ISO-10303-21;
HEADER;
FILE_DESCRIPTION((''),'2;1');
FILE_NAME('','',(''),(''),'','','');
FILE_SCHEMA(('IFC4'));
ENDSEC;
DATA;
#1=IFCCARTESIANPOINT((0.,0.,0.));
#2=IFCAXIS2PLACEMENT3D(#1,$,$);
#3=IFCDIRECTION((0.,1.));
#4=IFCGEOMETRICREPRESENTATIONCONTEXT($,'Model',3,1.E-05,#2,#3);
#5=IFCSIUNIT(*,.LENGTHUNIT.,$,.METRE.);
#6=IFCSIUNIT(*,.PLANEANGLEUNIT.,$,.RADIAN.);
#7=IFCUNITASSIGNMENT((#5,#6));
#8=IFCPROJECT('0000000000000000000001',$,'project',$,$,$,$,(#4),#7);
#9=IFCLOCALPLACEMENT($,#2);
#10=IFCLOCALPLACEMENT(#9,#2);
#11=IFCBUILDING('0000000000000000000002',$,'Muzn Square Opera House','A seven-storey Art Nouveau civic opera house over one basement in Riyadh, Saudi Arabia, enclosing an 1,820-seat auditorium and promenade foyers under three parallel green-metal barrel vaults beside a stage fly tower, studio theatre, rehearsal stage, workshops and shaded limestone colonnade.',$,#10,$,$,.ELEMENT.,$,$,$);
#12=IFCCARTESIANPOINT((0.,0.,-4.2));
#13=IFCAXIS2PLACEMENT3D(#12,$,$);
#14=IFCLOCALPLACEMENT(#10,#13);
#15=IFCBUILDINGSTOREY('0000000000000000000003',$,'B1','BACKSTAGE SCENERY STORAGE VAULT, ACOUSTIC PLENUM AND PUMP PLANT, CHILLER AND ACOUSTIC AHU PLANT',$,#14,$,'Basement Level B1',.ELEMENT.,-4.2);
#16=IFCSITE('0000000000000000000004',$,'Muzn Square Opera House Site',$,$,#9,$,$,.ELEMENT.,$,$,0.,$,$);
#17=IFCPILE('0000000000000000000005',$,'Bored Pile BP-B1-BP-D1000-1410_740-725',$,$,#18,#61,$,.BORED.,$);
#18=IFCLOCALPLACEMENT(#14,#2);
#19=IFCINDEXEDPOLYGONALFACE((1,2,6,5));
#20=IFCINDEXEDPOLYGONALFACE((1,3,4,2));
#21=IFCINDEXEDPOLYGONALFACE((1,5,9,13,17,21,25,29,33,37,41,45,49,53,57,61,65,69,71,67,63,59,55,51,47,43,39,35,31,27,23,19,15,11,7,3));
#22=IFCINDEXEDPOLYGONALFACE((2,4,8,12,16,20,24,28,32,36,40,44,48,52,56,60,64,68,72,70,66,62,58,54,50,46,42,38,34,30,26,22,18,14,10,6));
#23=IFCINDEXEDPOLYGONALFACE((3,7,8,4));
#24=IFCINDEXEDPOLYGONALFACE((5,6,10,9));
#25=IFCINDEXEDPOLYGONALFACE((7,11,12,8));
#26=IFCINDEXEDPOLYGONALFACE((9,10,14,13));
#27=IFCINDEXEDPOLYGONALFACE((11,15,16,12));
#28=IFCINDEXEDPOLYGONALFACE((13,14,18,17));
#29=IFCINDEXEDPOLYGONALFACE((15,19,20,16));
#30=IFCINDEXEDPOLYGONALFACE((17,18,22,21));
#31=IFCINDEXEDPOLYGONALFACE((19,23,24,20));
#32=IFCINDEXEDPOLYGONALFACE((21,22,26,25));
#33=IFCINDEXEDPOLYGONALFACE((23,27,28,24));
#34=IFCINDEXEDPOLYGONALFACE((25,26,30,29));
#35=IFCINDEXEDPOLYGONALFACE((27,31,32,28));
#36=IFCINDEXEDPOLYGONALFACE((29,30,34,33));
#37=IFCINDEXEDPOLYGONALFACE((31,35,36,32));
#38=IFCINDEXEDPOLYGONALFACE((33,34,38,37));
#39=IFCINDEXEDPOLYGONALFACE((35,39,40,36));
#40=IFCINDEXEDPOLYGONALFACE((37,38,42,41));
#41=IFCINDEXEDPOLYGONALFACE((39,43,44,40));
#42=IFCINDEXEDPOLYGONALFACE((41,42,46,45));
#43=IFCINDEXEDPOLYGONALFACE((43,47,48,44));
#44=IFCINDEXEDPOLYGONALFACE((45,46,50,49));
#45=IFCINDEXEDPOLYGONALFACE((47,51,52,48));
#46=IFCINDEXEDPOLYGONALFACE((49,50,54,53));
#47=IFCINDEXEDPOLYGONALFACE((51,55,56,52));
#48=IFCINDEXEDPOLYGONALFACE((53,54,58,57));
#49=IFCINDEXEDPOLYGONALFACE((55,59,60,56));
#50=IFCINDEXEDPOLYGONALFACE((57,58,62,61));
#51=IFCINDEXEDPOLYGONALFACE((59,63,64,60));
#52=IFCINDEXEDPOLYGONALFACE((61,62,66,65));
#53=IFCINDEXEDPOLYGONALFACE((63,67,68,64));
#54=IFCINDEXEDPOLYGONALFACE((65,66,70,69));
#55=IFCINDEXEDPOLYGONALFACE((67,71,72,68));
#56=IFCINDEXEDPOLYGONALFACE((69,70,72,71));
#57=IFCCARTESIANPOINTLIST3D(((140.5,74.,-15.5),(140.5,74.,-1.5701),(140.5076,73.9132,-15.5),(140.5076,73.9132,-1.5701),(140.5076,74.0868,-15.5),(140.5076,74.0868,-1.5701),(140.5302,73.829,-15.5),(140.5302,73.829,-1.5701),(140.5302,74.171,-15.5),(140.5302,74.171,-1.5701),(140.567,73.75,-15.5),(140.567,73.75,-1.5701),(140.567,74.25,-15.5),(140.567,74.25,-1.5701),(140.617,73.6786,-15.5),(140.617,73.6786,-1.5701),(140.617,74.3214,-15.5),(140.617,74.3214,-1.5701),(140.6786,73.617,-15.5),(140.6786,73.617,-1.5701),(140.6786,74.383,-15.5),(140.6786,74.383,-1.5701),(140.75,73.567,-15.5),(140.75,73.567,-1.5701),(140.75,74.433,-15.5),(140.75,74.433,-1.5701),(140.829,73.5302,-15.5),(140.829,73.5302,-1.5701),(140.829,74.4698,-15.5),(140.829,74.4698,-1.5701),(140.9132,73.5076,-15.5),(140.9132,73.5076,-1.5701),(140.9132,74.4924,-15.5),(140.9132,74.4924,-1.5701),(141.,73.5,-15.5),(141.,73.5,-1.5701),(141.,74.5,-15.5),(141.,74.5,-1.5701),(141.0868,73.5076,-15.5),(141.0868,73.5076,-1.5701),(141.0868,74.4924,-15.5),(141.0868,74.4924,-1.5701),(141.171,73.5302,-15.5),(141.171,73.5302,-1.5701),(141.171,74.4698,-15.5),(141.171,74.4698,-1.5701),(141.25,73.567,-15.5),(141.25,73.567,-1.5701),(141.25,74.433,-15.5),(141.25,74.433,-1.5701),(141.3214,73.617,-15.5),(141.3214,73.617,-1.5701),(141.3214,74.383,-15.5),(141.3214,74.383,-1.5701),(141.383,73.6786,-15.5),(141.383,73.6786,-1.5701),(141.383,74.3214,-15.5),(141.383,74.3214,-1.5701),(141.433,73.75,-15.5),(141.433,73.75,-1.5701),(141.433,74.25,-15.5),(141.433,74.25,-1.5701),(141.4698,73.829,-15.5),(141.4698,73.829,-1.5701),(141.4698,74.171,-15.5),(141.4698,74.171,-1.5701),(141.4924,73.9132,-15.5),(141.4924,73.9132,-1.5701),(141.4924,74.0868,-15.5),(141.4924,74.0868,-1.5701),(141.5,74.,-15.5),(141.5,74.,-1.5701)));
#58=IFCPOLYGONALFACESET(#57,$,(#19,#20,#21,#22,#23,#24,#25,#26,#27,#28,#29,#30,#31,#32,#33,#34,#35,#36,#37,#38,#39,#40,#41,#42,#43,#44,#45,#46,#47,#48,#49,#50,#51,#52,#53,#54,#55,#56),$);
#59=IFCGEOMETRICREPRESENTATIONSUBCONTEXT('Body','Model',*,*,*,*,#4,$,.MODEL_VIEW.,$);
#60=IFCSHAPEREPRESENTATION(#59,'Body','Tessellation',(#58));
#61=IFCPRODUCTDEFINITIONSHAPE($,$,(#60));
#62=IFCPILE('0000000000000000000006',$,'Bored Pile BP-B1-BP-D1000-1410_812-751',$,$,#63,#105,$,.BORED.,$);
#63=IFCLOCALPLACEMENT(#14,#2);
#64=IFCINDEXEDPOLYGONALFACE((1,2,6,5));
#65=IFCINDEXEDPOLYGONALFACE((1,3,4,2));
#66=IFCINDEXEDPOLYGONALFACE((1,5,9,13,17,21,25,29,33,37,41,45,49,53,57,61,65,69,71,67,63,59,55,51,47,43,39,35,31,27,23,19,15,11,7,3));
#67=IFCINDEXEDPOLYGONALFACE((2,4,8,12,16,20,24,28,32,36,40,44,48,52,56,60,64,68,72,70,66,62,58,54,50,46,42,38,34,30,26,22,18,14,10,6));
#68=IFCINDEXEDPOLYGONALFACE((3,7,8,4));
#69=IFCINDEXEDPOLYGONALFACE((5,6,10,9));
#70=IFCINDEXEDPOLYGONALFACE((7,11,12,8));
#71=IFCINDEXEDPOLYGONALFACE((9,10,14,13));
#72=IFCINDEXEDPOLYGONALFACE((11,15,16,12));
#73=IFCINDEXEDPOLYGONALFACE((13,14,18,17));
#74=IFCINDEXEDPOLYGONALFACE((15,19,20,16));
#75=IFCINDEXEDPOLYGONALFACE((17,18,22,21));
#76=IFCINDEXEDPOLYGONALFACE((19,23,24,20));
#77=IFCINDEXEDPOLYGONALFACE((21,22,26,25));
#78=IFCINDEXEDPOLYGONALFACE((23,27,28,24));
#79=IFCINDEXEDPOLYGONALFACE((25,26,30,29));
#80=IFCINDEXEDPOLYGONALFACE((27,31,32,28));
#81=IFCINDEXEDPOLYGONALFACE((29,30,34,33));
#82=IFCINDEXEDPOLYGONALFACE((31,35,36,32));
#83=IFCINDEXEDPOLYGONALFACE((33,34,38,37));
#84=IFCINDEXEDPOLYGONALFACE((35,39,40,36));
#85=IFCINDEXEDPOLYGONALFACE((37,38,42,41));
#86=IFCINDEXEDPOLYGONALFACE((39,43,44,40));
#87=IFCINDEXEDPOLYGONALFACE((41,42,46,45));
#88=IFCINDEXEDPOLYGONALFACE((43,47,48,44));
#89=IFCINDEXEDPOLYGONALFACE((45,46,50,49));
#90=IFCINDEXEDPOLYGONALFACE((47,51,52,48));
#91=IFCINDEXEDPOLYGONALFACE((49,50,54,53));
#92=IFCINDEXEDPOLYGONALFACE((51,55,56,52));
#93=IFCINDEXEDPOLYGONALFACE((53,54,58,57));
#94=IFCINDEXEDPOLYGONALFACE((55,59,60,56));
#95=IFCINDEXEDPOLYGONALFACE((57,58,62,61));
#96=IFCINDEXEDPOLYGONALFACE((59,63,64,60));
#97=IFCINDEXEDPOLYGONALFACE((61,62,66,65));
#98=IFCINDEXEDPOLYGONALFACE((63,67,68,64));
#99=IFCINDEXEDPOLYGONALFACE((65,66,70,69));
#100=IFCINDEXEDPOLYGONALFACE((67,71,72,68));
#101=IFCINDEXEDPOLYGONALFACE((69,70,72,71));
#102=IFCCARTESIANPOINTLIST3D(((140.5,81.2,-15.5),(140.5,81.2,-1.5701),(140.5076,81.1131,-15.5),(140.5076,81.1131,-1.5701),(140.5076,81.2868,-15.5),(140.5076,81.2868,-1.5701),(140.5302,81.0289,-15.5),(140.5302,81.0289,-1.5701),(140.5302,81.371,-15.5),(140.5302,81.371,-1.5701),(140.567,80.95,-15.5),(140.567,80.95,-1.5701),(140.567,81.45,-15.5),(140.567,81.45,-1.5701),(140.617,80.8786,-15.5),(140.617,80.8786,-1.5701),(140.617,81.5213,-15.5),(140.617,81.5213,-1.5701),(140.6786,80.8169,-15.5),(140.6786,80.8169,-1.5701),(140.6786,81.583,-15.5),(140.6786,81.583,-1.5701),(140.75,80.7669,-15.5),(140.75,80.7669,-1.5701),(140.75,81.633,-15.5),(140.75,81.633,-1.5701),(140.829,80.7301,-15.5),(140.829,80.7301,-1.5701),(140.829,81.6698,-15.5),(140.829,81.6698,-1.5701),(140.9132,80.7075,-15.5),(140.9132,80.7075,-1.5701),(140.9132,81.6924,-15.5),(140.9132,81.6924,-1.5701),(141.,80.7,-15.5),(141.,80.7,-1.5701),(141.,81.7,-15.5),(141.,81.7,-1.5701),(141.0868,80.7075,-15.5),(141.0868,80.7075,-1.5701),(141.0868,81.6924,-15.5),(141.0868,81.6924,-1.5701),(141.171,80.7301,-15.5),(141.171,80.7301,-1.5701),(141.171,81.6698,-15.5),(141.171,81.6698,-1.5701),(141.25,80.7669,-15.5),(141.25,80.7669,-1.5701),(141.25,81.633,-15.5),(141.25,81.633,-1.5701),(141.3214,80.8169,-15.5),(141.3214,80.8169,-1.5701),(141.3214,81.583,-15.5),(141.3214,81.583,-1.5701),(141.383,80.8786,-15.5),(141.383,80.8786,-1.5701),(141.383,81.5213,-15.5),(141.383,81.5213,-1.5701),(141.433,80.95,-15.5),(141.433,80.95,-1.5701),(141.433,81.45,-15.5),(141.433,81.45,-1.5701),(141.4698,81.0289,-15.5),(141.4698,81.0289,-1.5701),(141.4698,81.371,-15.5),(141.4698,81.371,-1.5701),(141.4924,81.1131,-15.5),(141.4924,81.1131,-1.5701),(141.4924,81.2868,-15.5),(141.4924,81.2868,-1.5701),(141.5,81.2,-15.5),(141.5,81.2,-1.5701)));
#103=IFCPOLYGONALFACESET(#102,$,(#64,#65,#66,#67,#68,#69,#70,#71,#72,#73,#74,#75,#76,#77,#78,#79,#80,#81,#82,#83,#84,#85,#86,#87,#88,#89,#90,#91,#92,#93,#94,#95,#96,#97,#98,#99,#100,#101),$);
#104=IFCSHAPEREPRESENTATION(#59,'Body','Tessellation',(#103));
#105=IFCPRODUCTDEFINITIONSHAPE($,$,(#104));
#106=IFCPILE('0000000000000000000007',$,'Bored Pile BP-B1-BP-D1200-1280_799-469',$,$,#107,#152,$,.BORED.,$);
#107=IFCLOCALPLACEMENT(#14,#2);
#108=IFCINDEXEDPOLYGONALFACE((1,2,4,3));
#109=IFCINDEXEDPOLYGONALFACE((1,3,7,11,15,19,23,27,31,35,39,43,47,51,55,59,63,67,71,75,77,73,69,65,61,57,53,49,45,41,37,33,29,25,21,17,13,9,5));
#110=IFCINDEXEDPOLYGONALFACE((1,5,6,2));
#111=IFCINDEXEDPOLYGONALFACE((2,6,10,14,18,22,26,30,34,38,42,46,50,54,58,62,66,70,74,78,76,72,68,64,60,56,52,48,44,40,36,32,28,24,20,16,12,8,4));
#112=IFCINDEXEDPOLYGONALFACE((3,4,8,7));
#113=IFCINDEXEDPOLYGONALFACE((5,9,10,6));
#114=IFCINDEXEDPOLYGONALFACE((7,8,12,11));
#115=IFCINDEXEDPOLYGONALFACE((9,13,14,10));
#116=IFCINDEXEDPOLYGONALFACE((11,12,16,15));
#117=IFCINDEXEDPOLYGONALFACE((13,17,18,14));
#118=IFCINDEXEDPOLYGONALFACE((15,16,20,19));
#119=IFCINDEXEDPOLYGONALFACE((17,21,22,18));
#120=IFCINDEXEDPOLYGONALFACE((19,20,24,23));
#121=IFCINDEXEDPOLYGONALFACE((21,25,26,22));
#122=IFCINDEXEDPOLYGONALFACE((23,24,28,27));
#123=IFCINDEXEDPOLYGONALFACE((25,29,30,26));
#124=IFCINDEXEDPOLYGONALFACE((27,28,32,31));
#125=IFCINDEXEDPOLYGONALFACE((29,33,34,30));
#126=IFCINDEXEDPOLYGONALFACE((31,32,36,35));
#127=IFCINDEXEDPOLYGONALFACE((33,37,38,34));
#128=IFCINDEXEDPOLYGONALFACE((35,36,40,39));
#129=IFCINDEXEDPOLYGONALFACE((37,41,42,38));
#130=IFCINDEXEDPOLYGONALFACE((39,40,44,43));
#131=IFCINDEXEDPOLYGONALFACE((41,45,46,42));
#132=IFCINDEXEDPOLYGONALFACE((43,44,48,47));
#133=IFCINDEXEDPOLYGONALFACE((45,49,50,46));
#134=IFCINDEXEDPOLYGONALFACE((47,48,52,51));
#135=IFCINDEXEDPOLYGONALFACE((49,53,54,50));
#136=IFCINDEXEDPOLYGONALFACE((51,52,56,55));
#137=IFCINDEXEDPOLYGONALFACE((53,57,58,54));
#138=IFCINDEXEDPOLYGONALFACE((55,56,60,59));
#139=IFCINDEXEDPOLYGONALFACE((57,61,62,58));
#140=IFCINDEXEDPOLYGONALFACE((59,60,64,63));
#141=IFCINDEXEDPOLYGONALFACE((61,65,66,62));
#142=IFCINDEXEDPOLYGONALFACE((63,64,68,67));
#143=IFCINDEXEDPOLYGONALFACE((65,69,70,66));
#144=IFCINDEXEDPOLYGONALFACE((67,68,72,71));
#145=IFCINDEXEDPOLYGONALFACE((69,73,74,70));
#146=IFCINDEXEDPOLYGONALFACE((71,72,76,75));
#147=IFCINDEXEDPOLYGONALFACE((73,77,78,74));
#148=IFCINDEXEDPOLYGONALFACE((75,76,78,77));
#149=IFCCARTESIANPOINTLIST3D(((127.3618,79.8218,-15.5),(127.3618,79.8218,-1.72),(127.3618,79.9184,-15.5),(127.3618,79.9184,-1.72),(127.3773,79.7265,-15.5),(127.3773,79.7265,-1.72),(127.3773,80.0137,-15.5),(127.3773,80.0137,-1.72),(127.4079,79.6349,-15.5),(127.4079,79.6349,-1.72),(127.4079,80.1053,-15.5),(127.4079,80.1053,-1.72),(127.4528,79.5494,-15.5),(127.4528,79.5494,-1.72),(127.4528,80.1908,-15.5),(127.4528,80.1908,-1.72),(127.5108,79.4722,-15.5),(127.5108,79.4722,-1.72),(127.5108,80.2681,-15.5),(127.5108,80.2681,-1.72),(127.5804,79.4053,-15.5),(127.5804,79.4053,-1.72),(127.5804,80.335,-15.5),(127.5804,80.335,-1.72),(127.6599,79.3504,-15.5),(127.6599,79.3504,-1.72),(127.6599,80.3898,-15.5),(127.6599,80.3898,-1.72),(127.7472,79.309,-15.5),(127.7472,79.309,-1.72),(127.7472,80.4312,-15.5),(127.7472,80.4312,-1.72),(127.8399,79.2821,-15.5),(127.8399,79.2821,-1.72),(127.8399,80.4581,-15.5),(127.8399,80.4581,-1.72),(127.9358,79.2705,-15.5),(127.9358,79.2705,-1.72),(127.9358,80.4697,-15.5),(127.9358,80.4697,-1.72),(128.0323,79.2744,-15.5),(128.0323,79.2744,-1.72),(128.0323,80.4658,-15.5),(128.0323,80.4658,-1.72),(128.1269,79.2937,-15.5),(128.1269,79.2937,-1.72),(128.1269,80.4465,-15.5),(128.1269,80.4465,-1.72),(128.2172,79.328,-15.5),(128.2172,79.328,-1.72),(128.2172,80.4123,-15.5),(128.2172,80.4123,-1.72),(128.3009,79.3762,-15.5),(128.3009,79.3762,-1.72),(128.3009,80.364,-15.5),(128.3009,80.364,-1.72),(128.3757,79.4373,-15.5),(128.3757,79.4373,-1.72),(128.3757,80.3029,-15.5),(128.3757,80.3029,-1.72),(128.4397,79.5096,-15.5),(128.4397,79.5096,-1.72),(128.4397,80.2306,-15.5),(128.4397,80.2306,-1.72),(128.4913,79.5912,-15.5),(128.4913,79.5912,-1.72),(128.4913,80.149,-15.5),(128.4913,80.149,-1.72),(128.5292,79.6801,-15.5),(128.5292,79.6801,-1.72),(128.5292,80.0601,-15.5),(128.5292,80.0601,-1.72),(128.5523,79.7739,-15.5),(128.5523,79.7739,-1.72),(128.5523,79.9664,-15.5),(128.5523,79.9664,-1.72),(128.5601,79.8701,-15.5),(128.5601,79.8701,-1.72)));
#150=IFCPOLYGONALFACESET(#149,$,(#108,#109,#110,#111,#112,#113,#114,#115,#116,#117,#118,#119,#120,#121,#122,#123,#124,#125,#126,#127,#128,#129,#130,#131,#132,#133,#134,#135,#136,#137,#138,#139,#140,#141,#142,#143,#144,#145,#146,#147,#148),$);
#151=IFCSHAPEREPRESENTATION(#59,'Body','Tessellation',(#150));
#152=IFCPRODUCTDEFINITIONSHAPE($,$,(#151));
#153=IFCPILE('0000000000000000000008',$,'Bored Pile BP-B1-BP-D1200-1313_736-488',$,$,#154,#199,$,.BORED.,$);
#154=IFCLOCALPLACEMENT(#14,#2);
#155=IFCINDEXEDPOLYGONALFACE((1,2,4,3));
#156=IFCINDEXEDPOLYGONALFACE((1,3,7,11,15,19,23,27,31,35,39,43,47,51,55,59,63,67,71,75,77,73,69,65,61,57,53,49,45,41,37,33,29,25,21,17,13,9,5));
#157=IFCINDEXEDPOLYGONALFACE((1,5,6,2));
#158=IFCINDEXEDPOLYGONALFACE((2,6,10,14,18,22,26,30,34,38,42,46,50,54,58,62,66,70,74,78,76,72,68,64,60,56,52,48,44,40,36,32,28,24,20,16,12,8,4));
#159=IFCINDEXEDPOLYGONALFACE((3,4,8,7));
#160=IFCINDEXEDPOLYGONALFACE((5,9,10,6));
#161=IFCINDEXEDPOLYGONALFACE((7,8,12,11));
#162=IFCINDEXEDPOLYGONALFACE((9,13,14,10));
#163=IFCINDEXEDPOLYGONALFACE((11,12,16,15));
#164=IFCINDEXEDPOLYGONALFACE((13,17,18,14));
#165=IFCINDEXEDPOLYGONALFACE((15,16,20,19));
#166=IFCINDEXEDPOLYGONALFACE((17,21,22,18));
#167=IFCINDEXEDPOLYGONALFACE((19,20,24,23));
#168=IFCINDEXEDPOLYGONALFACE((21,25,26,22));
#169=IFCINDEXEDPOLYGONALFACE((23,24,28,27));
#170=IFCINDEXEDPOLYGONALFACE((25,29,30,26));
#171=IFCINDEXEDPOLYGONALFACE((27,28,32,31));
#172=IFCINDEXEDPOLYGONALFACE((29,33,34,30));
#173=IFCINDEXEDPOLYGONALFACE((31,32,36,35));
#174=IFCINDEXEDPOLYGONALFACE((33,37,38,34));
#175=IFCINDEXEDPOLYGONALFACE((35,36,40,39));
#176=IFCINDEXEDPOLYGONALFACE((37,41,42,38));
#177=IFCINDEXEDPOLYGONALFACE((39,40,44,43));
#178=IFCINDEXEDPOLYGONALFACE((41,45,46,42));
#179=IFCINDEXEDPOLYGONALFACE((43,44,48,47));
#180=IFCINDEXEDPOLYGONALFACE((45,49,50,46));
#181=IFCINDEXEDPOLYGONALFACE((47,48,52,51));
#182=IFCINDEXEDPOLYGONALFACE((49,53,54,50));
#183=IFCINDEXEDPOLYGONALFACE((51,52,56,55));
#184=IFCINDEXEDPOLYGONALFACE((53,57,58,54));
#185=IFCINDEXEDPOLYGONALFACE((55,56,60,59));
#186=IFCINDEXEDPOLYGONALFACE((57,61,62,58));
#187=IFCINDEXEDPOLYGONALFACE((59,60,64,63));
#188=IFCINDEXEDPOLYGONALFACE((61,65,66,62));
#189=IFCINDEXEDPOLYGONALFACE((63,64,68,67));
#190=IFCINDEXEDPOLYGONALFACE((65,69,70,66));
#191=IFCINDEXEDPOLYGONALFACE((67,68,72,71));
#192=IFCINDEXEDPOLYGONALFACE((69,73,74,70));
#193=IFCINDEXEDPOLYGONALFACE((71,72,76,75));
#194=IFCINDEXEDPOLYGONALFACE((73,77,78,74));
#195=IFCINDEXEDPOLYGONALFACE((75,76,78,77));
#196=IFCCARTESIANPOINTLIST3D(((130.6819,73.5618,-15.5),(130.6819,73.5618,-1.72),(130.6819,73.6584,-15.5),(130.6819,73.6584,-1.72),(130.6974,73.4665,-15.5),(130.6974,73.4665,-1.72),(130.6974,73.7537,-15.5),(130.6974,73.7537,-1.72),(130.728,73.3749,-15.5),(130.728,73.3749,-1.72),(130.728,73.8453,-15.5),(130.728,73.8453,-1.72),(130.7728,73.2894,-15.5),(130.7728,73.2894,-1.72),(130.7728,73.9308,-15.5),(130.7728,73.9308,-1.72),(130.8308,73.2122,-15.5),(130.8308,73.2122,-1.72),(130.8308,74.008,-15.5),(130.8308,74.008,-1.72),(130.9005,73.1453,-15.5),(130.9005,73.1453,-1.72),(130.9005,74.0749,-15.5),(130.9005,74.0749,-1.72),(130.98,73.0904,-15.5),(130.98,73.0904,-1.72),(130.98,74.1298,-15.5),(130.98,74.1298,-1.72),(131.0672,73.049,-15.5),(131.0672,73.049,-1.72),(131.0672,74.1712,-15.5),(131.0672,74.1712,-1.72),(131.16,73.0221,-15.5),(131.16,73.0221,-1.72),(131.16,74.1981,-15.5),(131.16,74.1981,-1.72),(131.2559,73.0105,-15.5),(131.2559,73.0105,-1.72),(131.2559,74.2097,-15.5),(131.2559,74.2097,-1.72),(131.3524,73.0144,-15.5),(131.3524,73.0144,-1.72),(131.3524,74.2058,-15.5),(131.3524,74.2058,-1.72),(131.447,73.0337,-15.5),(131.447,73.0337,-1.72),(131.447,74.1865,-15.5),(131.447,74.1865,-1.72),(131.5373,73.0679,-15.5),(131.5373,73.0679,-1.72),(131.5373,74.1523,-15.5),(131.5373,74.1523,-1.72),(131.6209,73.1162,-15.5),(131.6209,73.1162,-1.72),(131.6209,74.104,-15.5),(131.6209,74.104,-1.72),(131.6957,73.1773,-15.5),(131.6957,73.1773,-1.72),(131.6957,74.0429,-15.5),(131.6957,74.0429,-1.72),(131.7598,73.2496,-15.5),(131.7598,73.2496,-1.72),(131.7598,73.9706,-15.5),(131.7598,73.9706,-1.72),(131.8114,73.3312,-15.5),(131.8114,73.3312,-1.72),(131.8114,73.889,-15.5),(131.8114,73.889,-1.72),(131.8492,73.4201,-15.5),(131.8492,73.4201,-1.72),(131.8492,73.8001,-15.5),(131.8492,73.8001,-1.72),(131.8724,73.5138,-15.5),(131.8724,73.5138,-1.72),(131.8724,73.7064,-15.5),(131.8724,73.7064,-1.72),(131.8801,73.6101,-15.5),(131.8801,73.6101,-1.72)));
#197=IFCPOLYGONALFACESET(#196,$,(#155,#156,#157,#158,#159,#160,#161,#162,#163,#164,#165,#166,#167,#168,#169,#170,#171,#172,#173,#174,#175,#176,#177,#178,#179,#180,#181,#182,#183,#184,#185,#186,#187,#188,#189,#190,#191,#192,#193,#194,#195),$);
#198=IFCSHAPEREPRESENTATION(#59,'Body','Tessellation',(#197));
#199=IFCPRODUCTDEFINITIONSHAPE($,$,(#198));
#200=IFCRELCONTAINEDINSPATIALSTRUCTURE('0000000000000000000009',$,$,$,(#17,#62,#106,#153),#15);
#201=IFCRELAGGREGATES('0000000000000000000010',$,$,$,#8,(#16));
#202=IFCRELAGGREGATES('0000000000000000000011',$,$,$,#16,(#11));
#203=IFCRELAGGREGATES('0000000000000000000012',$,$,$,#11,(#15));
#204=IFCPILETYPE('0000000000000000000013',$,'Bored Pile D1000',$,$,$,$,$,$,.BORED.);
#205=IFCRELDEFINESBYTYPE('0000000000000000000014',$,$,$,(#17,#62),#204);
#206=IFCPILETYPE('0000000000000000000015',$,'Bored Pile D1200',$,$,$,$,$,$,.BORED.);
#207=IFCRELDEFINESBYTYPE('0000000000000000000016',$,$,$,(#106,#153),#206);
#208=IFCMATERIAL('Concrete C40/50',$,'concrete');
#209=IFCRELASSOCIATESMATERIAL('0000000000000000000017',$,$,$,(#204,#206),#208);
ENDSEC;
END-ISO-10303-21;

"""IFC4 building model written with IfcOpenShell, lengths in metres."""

from ifc_helpers import new_model, si_unit, direction, frame, origin, origin_2d, place, context, subcontext, project, spatial, circle, extrude, material, material_profile, profile_set, type_object, element, save


model = new_model("IFC4")

# Units and contexts
model_context = context("Model", 3, precision=1e-05, world=origin(), true_north=direction((0.0, 1.0)))
body_context = subcontext(model_context, "Body", "Model", "MODEL_VIEW")
ifc_project = project(units=[si_unit("LENGTHUNIT", "METRE"), si_unit("PLANEANGLEUNIT", "RADIAN")], contexts=[model_context])

# Site, building, storey
site_placement = place(None, origin())
site = spatial("IfcSite", under=ifc_project, at=site_placement, Name="Muzn Square Opera House Site", CompositionType="ELEMENT", RefElevation=0.0)
building_placement = place(site_placement, origin())
building = spatial("IfcBuilding", under=site, at=building_placement, Name="Muzn Square Opera House", Description="A seven-storey Art Nouveau civic opera house over one basement in Riyadh, Saudi Arabia, enclosing an 1,820-seat auditorium and promenade foyers under three parallel green-metal barrel vaults beside a stage fly tower, studio theatre, rehearsal stage, workshops and shaded limestone colonnade.", CompositionType="ELEMENT")
storey_placement = place(building_placement, frame((0.0, 0.0, -4.2)))
storey = spatial("IfcBuildingStorey", under=building, at=storey_placement, Name="B1", Description="BACKSTAGE SCENERY STORAGE VAULT, ACOUSTIC PLENUM AND PUMP PLANT, CHILLER AND ACOUSTIC AHU PLANT", LongName="Basement Level B1", CompositionType="ELEMENT", Elevation=-4.2)

# Piles
ifc_material_1 = material(Name="Concrete C40/50", Category="concrete")
ifc_material_profile_1 = material_profile(ifc_material_1, circle(Radius=0.5, at=origin_2d()), Name="BORED PILE D1000", Category="concrete")
ifc_profile_set_1 = profile_set([ifc_material_profile_1], Name="Concrete C40/50")
pile_type_1 = type_object("IfcPileType", Name="Bored Pile D1000", PredefinedType="BORED", material=ifc_profile_set_1)
for number, where, z_axis, x_axis, name in (
    (1, (141.0, 74.0, -1.5701), (0.0, 0.0, -1.0), (1.0, 0.0, 0.0), "Bored Pile BP-B1-BP-D1000-1410_740-725"),
    (2, (141.0, 81.2, -1.5701), (0.0, 0.0, -1.0), (1.0, 0.0, 0.0), "Bored Pile BP-B1-BP-D1000-1410_812-751"),
):
    element("IfcPile", number, at=place(storey_placement, frame(where, z_axis=z_axis, x_axis=x_axis)), inside=storey, type_object=pile_type_1, Name=name, PredefinedType="BORED", context=body_context, shape_type="SweptSolid", body=[
        extrude(circle(Radius=0.5, at=origin_2d()), origin(), (0.0, 0.0, 1.0), 13.9299),
    ])
ifc_material_profile_2 = material_profile(ifc_material_1, circle(Radius=0.6001, at=origin_2d()), Name="BORED PILE D1200", Category="concrete")
ifc_profile_set_2 = profile_set([ifc_material_profile_2], Name="Concrete C40/50")
pile_type_2 = type_object("IfcPileType", Name="Bored Pile D1200", PredefinedType="BORED", material=ifc_profile_set_2)
for number, where, z_axis, x_axis, name in (
    (3, (127.96, 79.8701, -1.72), (0.0, 0.0, -1.0), (1.0, 0.0, 0.0), "Bored Pile BP-B1-BP-D1200-1280_799-469"),
    (4, (131.28, 73.6101, -1.72), (0.0, 0.0, -1.0), (1.0, 0.0, 0.0), "Bored Pile BP-B1-BP-D1200-1313_736-488"),
):
    element("IfcPile", number, at=place(storey_placement, frame(where, z_axis=z_axis, x_axis=x_axis)), inside=storey, type_object=pile_type_2, Name=name, PredefinedType="BORED", context=body_context, shape_type="SweptSolid", body=[
        extrude(circle(Radius=0.6001, at=origin_2d()), origin(), (0.0, 0.0, 1.0), 13.78),
    ])

save(model, "model.ifc")
